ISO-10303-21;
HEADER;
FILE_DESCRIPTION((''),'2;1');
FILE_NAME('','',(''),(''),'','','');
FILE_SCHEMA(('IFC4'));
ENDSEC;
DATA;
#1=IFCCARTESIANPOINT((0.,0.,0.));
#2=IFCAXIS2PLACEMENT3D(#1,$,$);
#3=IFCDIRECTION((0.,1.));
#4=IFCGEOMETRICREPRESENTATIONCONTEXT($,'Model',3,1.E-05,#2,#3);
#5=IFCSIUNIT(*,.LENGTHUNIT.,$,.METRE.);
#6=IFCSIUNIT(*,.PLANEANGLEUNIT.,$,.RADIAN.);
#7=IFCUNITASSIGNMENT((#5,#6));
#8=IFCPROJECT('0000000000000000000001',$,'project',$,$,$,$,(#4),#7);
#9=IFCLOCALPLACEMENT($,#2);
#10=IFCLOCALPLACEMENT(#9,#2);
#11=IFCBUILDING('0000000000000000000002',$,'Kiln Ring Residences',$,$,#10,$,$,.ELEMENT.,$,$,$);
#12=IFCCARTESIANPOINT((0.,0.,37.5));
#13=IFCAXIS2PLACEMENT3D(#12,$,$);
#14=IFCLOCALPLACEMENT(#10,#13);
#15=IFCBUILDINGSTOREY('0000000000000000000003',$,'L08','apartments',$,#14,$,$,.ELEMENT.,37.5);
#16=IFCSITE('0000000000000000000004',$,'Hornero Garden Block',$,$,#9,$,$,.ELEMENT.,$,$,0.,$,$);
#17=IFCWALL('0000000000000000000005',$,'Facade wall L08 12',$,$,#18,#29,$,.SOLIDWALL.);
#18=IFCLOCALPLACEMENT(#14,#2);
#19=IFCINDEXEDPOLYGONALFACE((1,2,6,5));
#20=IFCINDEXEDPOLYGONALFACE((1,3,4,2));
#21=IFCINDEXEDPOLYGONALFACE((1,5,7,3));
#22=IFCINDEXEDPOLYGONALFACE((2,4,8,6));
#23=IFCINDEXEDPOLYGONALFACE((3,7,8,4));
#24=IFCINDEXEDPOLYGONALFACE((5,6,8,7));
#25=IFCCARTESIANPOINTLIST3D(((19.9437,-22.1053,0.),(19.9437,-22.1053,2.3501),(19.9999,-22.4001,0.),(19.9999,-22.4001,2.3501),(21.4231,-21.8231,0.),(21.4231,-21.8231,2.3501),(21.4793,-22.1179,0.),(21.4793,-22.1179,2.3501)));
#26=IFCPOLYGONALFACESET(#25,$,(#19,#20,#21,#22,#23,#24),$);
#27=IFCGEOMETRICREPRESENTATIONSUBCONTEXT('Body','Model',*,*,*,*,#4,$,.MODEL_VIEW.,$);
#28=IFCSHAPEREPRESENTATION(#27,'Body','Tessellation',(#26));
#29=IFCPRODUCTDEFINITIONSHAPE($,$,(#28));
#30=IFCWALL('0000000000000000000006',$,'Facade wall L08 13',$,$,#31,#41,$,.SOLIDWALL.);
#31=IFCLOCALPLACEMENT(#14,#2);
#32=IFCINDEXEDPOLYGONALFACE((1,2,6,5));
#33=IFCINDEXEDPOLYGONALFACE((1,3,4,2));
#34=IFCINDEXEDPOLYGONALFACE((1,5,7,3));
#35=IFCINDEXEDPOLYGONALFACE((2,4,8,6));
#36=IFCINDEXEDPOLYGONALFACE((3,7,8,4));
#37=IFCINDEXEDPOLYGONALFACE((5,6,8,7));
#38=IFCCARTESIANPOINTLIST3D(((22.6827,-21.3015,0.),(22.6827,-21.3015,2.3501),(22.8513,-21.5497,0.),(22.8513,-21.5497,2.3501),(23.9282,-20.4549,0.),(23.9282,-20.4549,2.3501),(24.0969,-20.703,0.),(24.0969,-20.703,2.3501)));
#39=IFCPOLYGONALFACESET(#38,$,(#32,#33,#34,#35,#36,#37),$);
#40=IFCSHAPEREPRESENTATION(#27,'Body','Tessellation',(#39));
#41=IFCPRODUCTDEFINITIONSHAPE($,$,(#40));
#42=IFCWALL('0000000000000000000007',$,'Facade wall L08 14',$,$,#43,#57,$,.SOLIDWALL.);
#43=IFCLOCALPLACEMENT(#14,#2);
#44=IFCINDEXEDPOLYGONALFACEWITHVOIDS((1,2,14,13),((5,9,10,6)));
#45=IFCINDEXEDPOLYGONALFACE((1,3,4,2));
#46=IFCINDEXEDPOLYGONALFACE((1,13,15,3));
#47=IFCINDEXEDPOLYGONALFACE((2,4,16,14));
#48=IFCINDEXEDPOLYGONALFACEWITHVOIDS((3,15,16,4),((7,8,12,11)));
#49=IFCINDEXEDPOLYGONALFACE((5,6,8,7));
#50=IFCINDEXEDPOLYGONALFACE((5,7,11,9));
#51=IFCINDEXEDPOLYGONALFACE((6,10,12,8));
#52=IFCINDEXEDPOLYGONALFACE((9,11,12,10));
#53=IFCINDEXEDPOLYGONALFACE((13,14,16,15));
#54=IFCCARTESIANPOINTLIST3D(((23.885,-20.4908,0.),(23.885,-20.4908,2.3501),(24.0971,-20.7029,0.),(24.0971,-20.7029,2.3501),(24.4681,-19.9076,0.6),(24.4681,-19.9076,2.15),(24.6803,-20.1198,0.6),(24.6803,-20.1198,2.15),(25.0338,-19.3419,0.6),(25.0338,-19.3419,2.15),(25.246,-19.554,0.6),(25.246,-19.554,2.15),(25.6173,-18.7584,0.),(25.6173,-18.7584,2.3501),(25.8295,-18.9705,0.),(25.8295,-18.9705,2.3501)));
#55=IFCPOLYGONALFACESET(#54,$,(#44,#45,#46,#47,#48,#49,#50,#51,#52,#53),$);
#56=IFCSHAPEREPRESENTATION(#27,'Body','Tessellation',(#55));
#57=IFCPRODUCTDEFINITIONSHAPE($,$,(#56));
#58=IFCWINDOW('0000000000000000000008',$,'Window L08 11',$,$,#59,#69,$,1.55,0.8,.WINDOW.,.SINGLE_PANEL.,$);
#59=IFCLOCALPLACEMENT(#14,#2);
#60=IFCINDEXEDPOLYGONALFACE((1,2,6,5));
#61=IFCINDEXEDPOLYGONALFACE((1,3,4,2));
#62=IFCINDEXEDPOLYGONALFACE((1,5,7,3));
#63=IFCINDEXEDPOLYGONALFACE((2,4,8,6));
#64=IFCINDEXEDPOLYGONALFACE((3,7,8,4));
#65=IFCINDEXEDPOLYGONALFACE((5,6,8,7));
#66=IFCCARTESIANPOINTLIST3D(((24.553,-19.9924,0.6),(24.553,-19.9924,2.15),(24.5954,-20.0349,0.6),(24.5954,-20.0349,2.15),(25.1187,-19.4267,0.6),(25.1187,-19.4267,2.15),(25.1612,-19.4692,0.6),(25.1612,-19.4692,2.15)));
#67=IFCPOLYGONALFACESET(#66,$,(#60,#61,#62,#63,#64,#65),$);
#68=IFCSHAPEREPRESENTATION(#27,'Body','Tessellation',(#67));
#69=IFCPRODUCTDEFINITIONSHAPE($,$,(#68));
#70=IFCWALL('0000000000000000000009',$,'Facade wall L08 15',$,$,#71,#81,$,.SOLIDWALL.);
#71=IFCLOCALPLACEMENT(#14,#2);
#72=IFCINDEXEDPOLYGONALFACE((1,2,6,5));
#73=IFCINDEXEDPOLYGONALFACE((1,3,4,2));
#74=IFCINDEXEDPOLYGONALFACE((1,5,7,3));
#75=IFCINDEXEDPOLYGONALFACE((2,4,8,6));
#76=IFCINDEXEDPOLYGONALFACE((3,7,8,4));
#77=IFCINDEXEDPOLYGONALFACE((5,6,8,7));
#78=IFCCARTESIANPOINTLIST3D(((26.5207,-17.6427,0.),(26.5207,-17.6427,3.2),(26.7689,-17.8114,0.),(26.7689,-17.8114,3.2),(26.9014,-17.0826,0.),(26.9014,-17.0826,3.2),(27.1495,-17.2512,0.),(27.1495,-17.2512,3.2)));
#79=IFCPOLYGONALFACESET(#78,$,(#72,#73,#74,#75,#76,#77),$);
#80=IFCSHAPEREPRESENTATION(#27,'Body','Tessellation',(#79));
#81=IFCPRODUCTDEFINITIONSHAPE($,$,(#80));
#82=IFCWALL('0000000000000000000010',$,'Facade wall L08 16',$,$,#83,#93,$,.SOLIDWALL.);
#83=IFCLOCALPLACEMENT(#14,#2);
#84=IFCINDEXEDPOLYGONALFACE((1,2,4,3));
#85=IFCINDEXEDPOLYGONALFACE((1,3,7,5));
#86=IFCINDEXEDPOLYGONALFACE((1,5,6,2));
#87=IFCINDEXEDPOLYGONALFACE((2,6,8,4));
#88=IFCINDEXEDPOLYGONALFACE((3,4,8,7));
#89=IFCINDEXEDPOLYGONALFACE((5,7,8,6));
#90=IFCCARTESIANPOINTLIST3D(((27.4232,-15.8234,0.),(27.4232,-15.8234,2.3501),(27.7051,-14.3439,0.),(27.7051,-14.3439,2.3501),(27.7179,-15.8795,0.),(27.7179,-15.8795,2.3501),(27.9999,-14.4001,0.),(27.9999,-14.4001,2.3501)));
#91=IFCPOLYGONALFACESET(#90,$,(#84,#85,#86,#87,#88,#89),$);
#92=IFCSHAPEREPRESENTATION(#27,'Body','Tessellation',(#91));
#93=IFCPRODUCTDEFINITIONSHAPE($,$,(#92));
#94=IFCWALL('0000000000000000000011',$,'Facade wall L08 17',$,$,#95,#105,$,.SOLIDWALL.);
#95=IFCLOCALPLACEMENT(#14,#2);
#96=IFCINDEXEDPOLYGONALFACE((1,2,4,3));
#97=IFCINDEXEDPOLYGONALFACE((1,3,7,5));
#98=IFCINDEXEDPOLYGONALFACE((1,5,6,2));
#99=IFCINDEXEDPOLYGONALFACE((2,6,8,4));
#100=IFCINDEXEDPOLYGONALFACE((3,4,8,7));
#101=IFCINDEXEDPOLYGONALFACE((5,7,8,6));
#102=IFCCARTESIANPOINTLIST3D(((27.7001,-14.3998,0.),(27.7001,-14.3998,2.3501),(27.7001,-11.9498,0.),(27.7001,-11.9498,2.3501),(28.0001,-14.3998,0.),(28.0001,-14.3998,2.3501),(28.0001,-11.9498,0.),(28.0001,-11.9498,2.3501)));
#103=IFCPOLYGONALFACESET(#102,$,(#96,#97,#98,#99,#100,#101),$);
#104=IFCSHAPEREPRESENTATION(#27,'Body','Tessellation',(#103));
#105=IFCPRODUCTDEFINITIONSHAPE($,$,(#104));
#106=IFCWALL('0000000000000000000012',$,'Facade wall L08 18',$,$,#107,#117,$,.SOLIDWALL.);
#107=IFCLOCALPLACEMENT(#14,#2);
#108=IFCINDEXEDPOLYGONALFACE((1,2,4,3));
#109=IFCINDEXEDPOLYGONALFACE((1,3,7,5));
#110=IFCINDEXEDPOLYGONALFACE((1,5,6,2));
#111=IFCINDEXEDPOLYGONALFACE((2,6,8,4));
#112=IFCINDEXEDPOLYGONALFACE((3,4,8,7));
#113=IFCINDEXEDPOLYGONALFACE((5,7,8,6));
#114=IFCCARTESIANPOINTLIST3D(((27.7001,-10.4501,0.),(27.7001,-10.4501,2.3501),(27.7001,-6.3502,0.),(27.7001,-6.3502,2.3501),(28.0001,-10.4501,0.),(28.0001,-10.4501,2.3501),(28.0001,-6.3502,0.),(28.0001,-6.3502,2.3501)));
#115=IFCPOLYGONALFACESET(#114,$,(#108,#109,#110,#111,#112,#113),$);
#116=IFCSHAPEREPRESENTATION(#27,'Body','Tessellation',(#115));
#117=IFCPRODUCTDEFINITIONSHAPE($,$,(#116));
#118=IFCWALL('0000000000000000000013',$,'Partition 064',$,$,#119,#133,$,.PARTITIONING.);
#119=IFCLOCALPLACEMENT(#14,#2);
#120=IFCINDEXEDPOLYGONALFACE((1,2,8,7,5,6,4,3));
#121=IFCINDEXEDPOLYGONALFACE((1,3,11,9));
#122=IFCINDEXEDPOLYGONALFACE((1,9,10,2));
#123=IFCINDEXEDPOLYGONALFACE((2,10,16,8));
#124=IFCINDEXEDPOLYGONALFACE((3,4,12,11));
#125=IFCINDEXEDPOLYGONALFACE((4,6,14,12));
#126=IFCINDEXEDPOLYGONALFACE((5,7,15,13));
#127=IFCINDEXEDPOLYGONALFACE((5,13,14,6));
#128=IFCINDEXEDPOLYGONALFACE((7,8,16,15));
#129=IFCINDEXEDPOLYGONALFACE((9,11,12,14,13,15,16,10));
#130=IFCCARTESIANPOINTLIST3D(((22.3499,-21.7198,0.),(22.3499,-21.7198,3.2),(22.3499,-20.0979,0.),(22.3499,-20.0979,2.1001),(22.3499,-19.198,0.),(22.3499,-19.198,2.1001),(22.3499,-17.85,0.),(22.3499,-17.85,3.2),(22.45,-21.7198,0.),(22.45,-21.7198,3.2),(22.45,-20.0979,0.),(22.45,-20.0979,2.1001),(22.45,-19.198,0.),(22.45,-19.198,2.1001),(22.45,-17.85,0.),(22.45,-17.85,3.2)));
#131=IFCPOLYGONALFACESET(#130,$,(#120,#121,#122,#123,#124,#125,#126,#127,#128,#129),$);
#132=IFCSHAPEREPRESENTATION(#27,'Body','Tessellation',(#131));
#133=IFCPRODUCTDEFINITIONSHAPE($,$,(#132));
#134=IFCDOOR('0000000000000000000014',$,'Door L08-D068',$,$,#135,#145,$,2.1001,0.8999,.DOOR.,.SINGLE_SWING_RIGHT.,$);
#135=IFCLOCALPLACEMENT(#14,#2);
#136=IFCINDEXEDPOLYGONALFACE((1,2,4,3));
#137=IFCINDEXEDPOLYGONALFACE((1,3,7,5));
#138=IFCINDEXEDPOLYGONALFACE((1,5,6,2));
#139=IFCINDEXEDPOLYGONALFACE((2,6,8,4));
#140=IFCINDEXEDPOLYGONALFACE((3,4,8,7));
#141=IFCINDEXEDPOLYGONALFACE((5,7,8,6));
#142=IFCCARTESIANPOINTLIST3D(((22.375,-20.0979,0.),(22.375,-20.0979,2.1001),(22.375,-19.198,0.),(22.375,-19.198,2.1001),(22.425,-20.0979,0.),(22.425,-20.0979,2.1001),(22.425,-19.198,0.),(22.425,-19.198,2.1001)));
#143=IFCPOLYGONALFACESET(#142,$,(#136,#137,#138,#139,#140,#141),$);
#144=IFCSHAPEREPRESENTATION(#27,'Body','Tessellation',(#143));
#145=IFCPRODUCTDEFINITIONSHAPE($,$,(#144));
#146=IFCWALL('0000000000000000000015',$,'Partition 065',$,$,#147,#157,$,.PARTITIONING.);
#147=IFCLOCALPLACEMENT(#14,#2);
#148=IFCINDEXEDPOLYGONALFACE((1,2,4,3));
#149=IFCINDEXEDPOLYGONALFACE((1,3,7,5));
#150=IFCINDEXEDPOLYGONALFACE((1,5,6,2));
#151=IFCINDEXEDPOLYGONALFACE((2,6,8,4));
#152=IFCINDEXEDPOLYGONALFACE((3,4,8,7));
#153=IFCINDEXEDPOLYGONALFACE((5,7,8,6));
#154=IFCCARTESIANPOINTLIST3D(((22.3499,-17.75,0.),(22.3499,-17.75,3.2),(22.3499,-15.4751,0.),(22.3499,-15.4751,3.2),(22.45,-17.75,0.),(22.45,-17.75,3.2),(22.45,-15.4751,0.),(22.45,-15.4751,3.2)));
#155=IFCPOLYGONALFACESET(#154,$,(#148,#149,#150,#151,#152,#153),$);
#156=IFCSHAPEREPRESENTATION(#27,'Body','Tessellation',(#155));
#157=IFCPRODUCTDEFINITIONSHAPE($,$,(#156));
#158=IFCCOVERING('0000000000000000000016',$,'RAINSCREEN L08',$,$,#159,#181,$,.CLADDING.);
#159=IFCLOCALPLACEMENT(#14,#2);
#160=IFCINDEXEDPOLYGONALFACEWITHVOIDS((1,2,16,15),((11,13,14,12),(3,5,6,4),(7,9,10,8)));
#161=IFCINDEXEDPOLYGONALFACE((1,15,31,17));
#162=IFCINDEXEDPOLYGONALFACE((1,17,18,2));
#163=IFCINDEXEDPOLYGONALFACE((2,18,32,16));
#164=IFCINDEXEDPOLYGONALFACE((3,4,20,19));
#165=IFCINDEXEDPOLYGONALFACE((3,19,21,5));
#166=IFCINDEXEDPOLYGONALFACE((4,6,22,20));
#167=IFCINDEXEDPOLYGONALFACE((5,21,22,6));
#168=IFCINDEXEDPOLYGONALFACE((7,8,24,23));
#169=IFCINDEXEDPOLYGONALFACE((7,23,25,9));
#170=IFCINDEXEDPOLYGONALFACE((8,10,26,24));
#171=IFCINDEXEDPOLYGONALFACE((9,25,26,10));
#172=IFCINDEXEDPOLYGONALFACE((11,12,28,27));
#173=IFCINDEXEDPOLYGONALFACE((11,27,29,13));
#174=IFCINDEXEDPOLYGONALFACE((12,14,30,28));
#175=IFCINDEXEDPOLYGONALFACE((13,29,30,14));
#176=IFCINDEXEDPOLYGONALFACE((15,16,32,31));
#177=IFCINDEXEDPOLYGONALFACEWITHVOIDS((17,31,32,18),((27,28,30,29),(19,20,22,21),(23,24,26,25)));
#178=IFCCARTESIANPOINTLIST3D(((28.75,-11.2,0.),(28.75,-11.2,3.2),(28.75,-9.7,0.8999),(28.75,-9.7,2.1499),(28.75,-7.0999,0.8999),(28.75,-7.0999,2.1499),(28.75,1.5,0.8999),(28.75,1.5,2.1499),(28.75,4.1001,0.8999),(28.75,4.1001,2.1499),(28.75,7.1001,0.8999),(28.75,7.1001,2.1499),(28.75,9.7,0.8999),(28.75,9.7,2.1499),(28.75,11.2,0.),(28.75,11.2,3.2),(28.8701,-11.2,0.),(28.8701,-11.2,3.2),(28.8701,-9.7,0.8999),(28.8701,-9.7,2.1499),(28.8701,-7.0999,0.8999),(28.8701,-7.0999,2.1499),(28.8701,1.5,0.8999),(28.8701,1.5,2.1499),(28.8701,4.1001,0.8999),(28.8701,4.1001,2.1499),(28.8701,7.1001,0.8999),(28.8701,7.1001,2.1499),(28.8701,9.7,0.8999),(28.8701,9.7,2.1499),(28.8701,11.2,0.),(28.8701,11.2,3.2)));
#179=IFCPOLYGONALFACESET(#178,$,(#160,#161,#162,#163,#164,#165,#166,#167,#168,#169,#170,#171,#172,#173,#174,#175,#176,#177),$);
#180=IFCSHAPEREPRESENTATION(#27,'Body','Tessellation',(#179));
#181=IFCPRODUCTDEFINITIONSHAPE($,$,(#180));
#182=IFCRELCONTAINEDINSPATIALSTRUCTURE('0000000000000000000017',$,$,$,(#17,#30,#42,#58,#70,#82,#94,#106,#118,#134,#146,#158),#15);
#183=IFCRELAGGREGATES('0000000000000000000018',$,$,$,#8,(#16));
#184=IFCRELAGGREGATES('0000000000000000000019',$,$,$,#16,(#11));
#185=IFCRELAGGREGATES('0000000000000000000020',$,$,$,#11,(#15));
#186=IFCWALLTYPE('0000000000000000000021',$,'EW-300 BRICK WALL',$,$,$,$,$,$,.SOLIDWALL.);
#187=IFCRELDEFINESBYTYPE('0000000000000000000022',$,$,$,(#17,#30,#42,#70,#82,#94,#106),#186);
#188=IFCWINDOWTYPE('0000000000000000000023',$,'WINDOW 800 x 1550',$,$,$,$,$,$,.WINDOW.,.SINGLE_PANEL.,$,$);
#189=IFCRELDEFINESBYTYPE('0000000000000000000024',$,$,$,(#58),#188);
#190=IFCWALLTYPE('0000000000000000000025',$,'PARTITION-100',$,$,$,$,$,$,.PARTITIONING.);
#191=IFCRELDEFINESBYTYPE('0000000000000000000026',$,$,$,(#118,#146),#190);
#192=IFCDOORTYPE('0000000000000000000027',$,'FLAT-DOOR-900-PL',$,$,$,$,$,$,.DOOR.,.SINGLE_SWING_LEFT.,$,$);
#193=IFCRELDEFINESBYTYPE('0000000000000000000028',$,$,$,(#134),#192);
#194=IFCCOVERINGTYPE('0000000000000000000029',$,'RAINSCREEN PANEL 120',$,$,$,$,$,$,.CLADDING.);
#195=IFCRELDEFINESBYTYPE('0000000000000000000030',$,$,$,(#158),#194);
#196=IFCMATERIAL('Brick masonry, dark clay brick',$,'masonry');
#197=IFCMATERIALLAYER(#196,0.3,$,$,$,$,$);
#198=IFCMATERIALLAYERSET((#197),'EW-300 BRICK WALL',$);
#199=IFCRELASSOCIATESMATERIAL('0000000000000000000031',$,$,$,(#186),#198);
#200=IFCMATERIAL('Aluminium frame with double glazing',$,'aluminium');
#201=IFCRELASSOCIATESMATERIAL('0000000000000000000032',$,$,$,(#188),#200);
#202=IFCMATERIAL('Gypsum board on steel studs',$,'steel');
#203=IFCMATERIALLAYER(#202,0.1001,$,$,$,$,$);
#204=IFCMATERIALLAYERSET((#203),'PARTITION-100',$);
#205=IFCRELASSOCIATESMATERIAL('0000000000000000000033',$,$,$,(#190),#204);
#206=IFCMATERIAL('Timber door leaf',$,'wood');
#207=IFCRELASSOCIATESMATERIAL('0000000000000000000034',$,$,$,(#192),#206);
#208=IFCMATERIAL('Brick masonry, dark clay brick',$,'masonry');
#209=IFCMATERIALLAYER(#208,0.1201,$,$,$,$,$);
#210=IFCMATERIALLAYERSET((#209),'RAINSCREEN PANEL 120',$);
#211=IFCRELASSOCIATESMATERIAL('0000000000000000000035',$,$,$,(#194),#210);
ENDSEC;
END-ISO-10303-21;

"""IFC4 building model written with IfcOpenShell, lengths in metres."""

from ifc_helpers import new_model, si_unit, direction, frame, frame_2d, origin, place, context, subcontext, project, spatial, polyline, rectangle, outline, extrude, material, layer, layer_set, type_object, element, fill, save


model = new_model("IFC4")

# Units and contexts
model_context = context("Model", 3, precision=1e-05, world=origin(), true_north=direction((0.0, 1.0)))
body_context = subcontext(model_context, "Body", "Model", "MODEL_VIEW")
ifc_project = project(units=[si_unit("LENGTHUNIT", "METRE"), si_unit("PLANEANGLEUNIT", "RADIAN")], contexts=[model_context])

# Site, building, storey
site_placement = place(None, origin())
site = spatial("IfcSite", under=ifc_project, at=site_placement, Name="Hornero Garden Block", CompositionType="ELEMENT", RefElevation=0.0)
building_placement = place(site_placement, origin())
building = spatial("IfcBuilding", under=site, at=building_placement, Name="Kiln Ring Residences", CompositionType="ELEMENT")
storey_placement = place(building_placement, frame((0.0, 0.0, 37.5)))
storey = spatial("IfcBuildingStorey", under=building, at=storey_placement, Name="L08", Description="apartments", CompositionType="ELEMENT", Elevation=37.5)

# Walls
ifc_material_1 = material(Name="Brick masonry, dark clay brick", Category="masonry")
ifc_layer_1 = layer(ifc_material_1, 0.3)
ifc_layer_set_1 = layer_set([ifc_layer_1], Name="EW-300 BRICK WALL")
wall_type_1 = type_object("IfcWallType", Name="EW-300 BRICK WALL", PredefinedType="SOLIDWALL", material=ifc_layer_set_1)
for number, where, z_axis, x_axis, name in (
    (1, (19.9719, -22.2527, 0.0), (0.0, 0.0, 1.0), (0.982287, 0.18738, 0.0), "Facade wall L08 12"),
    (2, (22.7671, -21.4255, 0.0), (0.0, 0.0, 1.0), (0.827029, 0.562159, 0.0), "Facade wall L08 13"),
):
    element("IfcWall", number, at=place(storey_placement, frame(where, z_axis=z_axis, x_axis=x_axis)), inside=storey, type_object=wall_type_1, Name=name, PredefinedType="SOLIDWALL", context=body_context, shape_type="SweptSolid", body=[
        extrude(rectangle(XDim=1.5061, YDim=0.3, at=frame_2d((0.7529, 0.0))), origin(), (0.0, 0.0, 1.0), 2.3501),
    ])

# Wall, opening, window
wall_1_placement = place(storey_placement, frame((23.991, -20.5969, 0.0), z_axis=(0.0, 0.0, 1.0), x_axis=(0.707107, 0.707107, 0.0)))
wall_1 = element("IfcWall", 3, at=wall_1_placement, inside=storey, type_object=wall_type_1, Name="Facade wall L08 14", PredefinedType="SOLIDWALL", context=body_context, shape_type="SweptSolid", body=[
    extrude(rectangle(XDim=2.45, YDim=0.3, at=frame_2d((1.2251, 0.0))), origin(), (0.0, 0.0, 1.0), 2.3501),
])
opening_1_placement = place(wall_1_placement, frame((0.825, 0.0, 0.6001)))
opening_1 = element("IfcOpeningElement", 4, at=opening_1_placement, cuts=wall_1, PredefinedType="OPENING", context=body_context, shape_type="SweptSolid", body=[
    extrude(rectangle(XDim=0.8, YDim=1.55, at=frame_2d((0.3999, 0.7749))), frame((0.0, 0.1599, 0.0), z_axis=(0.0, -1.0, 0.0), x_axis=(1.0, 0.0, 0.0)), (0.0, 0.0, 1.0), 0.3201),
])
ifc_material_2 = material(Name="Aluminium frame with double glazing", Category="aluminium")
window_type = type_object("IfcWindowType", Name="WINDOW 800 x 1550", PartitioningType="SINGLE_PANEL", PredefinedType="WINDOW", material=ifc_material_2)
window_placement = place(opening_1_placement, origin())
window = element("IfcWindow", 5, at=window_placement, inside=storey, type_object=window_type, Name="Window L08 11", OverallHeight=1.55, OverallWidth=0.8, PartitioningType="SINGLE_PANEL", PredefinedType="WINDOW", context=body_context, shape_type="SweptSolid", body=[
    extrude(rectangle(XDim=0.8, YDim=1.55, at=frame_2d((0.3999, 0.7749))), frame((0.0, 0.03, 0.0), z_axis=(0.0, -1.0, 0.0), x_axis=(1.0, 0.0, 0.0)), (0.0, 0.0, 1.0), 0.0601),
])
fill(opening_1, window)

# Walls
wall_2_placement = place(storey_placement, frame((26.6448, -17.7271, 0.0), z_axis=(0.0, 0.0, 1.0), x_axis=(0.562083, 0.827081, 0.0)))
element("IfcWall", 6, at=wall_2_placement, inside=storey, type_object=wall_type_1, Name="Facade wall L08 15", PredefinedType="SOLIDWALL", context=body_context, shape_type="SweptSolid", body=[
    extrude(rectangle(XDim=0.6772, YDim=0.3, at=frame_2d((0.3386, 0.0))), origin(), (0.0, 0.0, 1.0), 3.2),
])
wall_3_placement = place(storey_placement, frame((27.5706, -15.8513, 0.0), z_axis=(0.0, 0.0, 1.0), x_axis=(0.187224, 0.982317, 0.0)))
element("IfcWall", 7, at=wall_3_placement, inside=storey, type_object=wall_type_1, Name="Facade wall L08 16", PredefinedType="SOLIDWALL", context=body_context, shape_type="SweptSolid", body=[
    extrude(rectangle(XDim=1.5061, YDim=0.3, at=frame_2d((0.7529, 0.0))), origin(), (0.0, 0.0, 1.0), 2.3501),
])
wall_4_placement = place(storey_placement, frame((27.8501, -14.3999, 0.0), z_axis=(0.0, 0.0, 1.0), x_axis=(0.0, 1.0, 0.0)))
element("IfcWall", 8, at=wall_4_placement, inside=storey, type_object=wall_type_1, Name="Facade wall L08 17", PredefinedType="SOLIDWALL", context=body_context, shape_type="SweptSolid", body=[
    extrude(rectangle(XDim=2.45, YDim=0.3, at=frame_2d((1.2251, 0.0))), origin(), (0.0, 0.0, 1.0), 2.3501),
])
wall_5_placement = place(storey_placement, frame((27.8501, -10.45, 0.0), z_axis=(0.0, 0.0, 1.0), x_axis=(0.0, 1.0, 0.0)))
element("IfcWall", 9, at=wall_5_placement, inside=storey, type_object=wall_type_1, Name="Facade wall L08 18", PredefinedType="SOLIDWALL", context=body_context, shape_type="SweptSolid", body=[
    extrude(rectangle(XDim=4.0999, YDim=0.3, at=frame_2d((2.0498, 0.0))), origin(), (0.0, 0.0, 1.0), 2.3501),
])

# Wall, opening, door
ifc_material_3 = material(Name="Gypsum board on steel studs", Category="steel")
ifc_layer_2 = layer(ifc_material_3, 0.1001)
ifc_layer_set_2 = layer_set([ifc_layer_2], Name="PARTITION-100")
wall_type_2 = type_object("IfcWallType", Name="PARTITION-100", PredefinedType="PARTITIONING", material=ifc_layer_set_2)
wall_6_placement = place(storey_placement, frame((22.3999, -21.72, 0.0), z_axis=(0.0, 0.0, 1.0), x_axis=(0.0, 1.0, 0.0)))
wall_6 = element("IfcWall", 10, at=wall_6_placement, inside=storey, type_object=wall_type_2, Name="Partition 064", PredefinedType="PARTITIONING", context=body_context, shape_type="SweptSolid", body=[
    extrude(rectangle(XDim=3.8699, YDim=0.1001, at=frame_2d((1.9351, 0.0))), origin(), (0.0, 0.0, 1.0), 3.2),
])
opening_2_placement = place(wall_6_placement, frame((1.6221, 0.0, 0.0)))
opening_2 = element("IfcOpeningElement", 11, at=opening_2_placement, cuts=wall_6, PredefinedType="OPENING", context=body_context, shape_type="SweptSolid", body=[
    extrude(rectangle(XDim=0.8999, YDim=2.1001, at=frame_2d((0.45, 1.05))), frame((0.0, 0.0601, 0.0), z_axis=(0.0, -1.0, 0.0), x_axis=(1.0, 0.0, 0.0)), (0.0, 0.0, 1.0), 0.1201),
])
ifc_material_4 = material(Name="Timber door leaf", Category="wood")
door_type_1 = type_object("IfcDoorType", Name="FLAT-DOOR-900-PL", OperationType="SINGLE_SWING_LEFT", PredefinedType="DOOR", material=ifc_material_4)
door_1_placement = place(opening_2_placement, origin())
door_1 = element("IfcDoor", 12, at=door_1_placement, inside=storey, type_object=door_type_1, Name="Door L08-D068", OperationType="SINGLE_SWING_RIGHT", OverallHeight=2.1001, OverallWidth=0.8999, PredefinedType="DOOR", context=body_context, shape_type="SweptSolid", body=[
    extrude(rectangle(XDim=0.8999, YDim=2.1001, at=frame_2d((0.45, 1.05))), frame((0.0, 0.0249, 0.0), z_axis=(0.0, -1.0, 0.0), x_axis=(1.0, 0.0, 0.0)), (0.0, 0.0, 1.0), 0.05),
])
fill(opening_2, door_1)

# Wall
wall_7_placement = place(storey_placement, frame((22.3999, -17.75, 0.0), z_axis=(0.0, 0.0, 1.0), x_axis=(0.0, 1.0, 0.0)))
element("IfcWall", 13, at=wall_7_placement, inside=storey, type_object=wall_type_2, Name="Partition 065", PredefinedType="PARTITIONING", context=body_context, shape_type="SweptSolid", body=[
    extrude(rectangle(XDim=2.2749, YDim=0.1001, at=frame_2d((1.1375, 0.0))), origin(), (0.0, 0.0, 1.0), 3.2),
])

# Covering
ifc_material_5 = material(Name="Brick masonry, dark clay brick", Category="masonry")
ifc_layer_3 = layer(ifc_material_5, 0.1201)
ifc_layer_set_3 = layer_set([ifc_layer_3], Name="RAINSCREEN PANEL 120")
covering_type = type_object("IfcCoveringType", Name="RAINSCREEN PANEL 120", PredefinedType="CLADDING", material=ifc_layer_set_3)
covering_placement = place(storey_placement, frame((28.8101, -11.2, 0.0), z_axis=(0.0, 0.0, 1.0), x_axis=(0.0, 1.0, 0.0)))
element("IfcCovering", 14, at=covering_placement, inside=storey, type_object=covering_type, Name="RAINSCREEN L08", PredefinedType="CLADDING", context=body_context, shape_type="SweptSolid", body=[
    extrude(outline(polyline([(0.0, 0.0), (22.3999, 0.0), (22.3999, 3.2), (0.0, 3.2), (0.0, 0.0)]), holes=[polyline([(4.1001, 2.1499), (1.5, 2.1499), (1.5, 0.8999), (4.1001, 0.8999), (4.1001, 2.1499)]), polyline([(15.3, 0.8999), (15.3, 2.1499), (12.7, 2.1499), (12.7, 0.8999), (15.3, 0.8999)]), polyline([(20.8999, 0.8999), (20.8999, 2.1499), (18.3, 2.1499), (18.3, 0.8999), (20.8999, 0.8999)])]), frame((0.0, 0.0601, 0.0), z_axis=(0.0, -1.0, 0.0), x_axis=(1.0, 0.0, 0.0)), (0.0, 0.0, 1.0), 0.1201),
])

save(model, "model.ifc")
